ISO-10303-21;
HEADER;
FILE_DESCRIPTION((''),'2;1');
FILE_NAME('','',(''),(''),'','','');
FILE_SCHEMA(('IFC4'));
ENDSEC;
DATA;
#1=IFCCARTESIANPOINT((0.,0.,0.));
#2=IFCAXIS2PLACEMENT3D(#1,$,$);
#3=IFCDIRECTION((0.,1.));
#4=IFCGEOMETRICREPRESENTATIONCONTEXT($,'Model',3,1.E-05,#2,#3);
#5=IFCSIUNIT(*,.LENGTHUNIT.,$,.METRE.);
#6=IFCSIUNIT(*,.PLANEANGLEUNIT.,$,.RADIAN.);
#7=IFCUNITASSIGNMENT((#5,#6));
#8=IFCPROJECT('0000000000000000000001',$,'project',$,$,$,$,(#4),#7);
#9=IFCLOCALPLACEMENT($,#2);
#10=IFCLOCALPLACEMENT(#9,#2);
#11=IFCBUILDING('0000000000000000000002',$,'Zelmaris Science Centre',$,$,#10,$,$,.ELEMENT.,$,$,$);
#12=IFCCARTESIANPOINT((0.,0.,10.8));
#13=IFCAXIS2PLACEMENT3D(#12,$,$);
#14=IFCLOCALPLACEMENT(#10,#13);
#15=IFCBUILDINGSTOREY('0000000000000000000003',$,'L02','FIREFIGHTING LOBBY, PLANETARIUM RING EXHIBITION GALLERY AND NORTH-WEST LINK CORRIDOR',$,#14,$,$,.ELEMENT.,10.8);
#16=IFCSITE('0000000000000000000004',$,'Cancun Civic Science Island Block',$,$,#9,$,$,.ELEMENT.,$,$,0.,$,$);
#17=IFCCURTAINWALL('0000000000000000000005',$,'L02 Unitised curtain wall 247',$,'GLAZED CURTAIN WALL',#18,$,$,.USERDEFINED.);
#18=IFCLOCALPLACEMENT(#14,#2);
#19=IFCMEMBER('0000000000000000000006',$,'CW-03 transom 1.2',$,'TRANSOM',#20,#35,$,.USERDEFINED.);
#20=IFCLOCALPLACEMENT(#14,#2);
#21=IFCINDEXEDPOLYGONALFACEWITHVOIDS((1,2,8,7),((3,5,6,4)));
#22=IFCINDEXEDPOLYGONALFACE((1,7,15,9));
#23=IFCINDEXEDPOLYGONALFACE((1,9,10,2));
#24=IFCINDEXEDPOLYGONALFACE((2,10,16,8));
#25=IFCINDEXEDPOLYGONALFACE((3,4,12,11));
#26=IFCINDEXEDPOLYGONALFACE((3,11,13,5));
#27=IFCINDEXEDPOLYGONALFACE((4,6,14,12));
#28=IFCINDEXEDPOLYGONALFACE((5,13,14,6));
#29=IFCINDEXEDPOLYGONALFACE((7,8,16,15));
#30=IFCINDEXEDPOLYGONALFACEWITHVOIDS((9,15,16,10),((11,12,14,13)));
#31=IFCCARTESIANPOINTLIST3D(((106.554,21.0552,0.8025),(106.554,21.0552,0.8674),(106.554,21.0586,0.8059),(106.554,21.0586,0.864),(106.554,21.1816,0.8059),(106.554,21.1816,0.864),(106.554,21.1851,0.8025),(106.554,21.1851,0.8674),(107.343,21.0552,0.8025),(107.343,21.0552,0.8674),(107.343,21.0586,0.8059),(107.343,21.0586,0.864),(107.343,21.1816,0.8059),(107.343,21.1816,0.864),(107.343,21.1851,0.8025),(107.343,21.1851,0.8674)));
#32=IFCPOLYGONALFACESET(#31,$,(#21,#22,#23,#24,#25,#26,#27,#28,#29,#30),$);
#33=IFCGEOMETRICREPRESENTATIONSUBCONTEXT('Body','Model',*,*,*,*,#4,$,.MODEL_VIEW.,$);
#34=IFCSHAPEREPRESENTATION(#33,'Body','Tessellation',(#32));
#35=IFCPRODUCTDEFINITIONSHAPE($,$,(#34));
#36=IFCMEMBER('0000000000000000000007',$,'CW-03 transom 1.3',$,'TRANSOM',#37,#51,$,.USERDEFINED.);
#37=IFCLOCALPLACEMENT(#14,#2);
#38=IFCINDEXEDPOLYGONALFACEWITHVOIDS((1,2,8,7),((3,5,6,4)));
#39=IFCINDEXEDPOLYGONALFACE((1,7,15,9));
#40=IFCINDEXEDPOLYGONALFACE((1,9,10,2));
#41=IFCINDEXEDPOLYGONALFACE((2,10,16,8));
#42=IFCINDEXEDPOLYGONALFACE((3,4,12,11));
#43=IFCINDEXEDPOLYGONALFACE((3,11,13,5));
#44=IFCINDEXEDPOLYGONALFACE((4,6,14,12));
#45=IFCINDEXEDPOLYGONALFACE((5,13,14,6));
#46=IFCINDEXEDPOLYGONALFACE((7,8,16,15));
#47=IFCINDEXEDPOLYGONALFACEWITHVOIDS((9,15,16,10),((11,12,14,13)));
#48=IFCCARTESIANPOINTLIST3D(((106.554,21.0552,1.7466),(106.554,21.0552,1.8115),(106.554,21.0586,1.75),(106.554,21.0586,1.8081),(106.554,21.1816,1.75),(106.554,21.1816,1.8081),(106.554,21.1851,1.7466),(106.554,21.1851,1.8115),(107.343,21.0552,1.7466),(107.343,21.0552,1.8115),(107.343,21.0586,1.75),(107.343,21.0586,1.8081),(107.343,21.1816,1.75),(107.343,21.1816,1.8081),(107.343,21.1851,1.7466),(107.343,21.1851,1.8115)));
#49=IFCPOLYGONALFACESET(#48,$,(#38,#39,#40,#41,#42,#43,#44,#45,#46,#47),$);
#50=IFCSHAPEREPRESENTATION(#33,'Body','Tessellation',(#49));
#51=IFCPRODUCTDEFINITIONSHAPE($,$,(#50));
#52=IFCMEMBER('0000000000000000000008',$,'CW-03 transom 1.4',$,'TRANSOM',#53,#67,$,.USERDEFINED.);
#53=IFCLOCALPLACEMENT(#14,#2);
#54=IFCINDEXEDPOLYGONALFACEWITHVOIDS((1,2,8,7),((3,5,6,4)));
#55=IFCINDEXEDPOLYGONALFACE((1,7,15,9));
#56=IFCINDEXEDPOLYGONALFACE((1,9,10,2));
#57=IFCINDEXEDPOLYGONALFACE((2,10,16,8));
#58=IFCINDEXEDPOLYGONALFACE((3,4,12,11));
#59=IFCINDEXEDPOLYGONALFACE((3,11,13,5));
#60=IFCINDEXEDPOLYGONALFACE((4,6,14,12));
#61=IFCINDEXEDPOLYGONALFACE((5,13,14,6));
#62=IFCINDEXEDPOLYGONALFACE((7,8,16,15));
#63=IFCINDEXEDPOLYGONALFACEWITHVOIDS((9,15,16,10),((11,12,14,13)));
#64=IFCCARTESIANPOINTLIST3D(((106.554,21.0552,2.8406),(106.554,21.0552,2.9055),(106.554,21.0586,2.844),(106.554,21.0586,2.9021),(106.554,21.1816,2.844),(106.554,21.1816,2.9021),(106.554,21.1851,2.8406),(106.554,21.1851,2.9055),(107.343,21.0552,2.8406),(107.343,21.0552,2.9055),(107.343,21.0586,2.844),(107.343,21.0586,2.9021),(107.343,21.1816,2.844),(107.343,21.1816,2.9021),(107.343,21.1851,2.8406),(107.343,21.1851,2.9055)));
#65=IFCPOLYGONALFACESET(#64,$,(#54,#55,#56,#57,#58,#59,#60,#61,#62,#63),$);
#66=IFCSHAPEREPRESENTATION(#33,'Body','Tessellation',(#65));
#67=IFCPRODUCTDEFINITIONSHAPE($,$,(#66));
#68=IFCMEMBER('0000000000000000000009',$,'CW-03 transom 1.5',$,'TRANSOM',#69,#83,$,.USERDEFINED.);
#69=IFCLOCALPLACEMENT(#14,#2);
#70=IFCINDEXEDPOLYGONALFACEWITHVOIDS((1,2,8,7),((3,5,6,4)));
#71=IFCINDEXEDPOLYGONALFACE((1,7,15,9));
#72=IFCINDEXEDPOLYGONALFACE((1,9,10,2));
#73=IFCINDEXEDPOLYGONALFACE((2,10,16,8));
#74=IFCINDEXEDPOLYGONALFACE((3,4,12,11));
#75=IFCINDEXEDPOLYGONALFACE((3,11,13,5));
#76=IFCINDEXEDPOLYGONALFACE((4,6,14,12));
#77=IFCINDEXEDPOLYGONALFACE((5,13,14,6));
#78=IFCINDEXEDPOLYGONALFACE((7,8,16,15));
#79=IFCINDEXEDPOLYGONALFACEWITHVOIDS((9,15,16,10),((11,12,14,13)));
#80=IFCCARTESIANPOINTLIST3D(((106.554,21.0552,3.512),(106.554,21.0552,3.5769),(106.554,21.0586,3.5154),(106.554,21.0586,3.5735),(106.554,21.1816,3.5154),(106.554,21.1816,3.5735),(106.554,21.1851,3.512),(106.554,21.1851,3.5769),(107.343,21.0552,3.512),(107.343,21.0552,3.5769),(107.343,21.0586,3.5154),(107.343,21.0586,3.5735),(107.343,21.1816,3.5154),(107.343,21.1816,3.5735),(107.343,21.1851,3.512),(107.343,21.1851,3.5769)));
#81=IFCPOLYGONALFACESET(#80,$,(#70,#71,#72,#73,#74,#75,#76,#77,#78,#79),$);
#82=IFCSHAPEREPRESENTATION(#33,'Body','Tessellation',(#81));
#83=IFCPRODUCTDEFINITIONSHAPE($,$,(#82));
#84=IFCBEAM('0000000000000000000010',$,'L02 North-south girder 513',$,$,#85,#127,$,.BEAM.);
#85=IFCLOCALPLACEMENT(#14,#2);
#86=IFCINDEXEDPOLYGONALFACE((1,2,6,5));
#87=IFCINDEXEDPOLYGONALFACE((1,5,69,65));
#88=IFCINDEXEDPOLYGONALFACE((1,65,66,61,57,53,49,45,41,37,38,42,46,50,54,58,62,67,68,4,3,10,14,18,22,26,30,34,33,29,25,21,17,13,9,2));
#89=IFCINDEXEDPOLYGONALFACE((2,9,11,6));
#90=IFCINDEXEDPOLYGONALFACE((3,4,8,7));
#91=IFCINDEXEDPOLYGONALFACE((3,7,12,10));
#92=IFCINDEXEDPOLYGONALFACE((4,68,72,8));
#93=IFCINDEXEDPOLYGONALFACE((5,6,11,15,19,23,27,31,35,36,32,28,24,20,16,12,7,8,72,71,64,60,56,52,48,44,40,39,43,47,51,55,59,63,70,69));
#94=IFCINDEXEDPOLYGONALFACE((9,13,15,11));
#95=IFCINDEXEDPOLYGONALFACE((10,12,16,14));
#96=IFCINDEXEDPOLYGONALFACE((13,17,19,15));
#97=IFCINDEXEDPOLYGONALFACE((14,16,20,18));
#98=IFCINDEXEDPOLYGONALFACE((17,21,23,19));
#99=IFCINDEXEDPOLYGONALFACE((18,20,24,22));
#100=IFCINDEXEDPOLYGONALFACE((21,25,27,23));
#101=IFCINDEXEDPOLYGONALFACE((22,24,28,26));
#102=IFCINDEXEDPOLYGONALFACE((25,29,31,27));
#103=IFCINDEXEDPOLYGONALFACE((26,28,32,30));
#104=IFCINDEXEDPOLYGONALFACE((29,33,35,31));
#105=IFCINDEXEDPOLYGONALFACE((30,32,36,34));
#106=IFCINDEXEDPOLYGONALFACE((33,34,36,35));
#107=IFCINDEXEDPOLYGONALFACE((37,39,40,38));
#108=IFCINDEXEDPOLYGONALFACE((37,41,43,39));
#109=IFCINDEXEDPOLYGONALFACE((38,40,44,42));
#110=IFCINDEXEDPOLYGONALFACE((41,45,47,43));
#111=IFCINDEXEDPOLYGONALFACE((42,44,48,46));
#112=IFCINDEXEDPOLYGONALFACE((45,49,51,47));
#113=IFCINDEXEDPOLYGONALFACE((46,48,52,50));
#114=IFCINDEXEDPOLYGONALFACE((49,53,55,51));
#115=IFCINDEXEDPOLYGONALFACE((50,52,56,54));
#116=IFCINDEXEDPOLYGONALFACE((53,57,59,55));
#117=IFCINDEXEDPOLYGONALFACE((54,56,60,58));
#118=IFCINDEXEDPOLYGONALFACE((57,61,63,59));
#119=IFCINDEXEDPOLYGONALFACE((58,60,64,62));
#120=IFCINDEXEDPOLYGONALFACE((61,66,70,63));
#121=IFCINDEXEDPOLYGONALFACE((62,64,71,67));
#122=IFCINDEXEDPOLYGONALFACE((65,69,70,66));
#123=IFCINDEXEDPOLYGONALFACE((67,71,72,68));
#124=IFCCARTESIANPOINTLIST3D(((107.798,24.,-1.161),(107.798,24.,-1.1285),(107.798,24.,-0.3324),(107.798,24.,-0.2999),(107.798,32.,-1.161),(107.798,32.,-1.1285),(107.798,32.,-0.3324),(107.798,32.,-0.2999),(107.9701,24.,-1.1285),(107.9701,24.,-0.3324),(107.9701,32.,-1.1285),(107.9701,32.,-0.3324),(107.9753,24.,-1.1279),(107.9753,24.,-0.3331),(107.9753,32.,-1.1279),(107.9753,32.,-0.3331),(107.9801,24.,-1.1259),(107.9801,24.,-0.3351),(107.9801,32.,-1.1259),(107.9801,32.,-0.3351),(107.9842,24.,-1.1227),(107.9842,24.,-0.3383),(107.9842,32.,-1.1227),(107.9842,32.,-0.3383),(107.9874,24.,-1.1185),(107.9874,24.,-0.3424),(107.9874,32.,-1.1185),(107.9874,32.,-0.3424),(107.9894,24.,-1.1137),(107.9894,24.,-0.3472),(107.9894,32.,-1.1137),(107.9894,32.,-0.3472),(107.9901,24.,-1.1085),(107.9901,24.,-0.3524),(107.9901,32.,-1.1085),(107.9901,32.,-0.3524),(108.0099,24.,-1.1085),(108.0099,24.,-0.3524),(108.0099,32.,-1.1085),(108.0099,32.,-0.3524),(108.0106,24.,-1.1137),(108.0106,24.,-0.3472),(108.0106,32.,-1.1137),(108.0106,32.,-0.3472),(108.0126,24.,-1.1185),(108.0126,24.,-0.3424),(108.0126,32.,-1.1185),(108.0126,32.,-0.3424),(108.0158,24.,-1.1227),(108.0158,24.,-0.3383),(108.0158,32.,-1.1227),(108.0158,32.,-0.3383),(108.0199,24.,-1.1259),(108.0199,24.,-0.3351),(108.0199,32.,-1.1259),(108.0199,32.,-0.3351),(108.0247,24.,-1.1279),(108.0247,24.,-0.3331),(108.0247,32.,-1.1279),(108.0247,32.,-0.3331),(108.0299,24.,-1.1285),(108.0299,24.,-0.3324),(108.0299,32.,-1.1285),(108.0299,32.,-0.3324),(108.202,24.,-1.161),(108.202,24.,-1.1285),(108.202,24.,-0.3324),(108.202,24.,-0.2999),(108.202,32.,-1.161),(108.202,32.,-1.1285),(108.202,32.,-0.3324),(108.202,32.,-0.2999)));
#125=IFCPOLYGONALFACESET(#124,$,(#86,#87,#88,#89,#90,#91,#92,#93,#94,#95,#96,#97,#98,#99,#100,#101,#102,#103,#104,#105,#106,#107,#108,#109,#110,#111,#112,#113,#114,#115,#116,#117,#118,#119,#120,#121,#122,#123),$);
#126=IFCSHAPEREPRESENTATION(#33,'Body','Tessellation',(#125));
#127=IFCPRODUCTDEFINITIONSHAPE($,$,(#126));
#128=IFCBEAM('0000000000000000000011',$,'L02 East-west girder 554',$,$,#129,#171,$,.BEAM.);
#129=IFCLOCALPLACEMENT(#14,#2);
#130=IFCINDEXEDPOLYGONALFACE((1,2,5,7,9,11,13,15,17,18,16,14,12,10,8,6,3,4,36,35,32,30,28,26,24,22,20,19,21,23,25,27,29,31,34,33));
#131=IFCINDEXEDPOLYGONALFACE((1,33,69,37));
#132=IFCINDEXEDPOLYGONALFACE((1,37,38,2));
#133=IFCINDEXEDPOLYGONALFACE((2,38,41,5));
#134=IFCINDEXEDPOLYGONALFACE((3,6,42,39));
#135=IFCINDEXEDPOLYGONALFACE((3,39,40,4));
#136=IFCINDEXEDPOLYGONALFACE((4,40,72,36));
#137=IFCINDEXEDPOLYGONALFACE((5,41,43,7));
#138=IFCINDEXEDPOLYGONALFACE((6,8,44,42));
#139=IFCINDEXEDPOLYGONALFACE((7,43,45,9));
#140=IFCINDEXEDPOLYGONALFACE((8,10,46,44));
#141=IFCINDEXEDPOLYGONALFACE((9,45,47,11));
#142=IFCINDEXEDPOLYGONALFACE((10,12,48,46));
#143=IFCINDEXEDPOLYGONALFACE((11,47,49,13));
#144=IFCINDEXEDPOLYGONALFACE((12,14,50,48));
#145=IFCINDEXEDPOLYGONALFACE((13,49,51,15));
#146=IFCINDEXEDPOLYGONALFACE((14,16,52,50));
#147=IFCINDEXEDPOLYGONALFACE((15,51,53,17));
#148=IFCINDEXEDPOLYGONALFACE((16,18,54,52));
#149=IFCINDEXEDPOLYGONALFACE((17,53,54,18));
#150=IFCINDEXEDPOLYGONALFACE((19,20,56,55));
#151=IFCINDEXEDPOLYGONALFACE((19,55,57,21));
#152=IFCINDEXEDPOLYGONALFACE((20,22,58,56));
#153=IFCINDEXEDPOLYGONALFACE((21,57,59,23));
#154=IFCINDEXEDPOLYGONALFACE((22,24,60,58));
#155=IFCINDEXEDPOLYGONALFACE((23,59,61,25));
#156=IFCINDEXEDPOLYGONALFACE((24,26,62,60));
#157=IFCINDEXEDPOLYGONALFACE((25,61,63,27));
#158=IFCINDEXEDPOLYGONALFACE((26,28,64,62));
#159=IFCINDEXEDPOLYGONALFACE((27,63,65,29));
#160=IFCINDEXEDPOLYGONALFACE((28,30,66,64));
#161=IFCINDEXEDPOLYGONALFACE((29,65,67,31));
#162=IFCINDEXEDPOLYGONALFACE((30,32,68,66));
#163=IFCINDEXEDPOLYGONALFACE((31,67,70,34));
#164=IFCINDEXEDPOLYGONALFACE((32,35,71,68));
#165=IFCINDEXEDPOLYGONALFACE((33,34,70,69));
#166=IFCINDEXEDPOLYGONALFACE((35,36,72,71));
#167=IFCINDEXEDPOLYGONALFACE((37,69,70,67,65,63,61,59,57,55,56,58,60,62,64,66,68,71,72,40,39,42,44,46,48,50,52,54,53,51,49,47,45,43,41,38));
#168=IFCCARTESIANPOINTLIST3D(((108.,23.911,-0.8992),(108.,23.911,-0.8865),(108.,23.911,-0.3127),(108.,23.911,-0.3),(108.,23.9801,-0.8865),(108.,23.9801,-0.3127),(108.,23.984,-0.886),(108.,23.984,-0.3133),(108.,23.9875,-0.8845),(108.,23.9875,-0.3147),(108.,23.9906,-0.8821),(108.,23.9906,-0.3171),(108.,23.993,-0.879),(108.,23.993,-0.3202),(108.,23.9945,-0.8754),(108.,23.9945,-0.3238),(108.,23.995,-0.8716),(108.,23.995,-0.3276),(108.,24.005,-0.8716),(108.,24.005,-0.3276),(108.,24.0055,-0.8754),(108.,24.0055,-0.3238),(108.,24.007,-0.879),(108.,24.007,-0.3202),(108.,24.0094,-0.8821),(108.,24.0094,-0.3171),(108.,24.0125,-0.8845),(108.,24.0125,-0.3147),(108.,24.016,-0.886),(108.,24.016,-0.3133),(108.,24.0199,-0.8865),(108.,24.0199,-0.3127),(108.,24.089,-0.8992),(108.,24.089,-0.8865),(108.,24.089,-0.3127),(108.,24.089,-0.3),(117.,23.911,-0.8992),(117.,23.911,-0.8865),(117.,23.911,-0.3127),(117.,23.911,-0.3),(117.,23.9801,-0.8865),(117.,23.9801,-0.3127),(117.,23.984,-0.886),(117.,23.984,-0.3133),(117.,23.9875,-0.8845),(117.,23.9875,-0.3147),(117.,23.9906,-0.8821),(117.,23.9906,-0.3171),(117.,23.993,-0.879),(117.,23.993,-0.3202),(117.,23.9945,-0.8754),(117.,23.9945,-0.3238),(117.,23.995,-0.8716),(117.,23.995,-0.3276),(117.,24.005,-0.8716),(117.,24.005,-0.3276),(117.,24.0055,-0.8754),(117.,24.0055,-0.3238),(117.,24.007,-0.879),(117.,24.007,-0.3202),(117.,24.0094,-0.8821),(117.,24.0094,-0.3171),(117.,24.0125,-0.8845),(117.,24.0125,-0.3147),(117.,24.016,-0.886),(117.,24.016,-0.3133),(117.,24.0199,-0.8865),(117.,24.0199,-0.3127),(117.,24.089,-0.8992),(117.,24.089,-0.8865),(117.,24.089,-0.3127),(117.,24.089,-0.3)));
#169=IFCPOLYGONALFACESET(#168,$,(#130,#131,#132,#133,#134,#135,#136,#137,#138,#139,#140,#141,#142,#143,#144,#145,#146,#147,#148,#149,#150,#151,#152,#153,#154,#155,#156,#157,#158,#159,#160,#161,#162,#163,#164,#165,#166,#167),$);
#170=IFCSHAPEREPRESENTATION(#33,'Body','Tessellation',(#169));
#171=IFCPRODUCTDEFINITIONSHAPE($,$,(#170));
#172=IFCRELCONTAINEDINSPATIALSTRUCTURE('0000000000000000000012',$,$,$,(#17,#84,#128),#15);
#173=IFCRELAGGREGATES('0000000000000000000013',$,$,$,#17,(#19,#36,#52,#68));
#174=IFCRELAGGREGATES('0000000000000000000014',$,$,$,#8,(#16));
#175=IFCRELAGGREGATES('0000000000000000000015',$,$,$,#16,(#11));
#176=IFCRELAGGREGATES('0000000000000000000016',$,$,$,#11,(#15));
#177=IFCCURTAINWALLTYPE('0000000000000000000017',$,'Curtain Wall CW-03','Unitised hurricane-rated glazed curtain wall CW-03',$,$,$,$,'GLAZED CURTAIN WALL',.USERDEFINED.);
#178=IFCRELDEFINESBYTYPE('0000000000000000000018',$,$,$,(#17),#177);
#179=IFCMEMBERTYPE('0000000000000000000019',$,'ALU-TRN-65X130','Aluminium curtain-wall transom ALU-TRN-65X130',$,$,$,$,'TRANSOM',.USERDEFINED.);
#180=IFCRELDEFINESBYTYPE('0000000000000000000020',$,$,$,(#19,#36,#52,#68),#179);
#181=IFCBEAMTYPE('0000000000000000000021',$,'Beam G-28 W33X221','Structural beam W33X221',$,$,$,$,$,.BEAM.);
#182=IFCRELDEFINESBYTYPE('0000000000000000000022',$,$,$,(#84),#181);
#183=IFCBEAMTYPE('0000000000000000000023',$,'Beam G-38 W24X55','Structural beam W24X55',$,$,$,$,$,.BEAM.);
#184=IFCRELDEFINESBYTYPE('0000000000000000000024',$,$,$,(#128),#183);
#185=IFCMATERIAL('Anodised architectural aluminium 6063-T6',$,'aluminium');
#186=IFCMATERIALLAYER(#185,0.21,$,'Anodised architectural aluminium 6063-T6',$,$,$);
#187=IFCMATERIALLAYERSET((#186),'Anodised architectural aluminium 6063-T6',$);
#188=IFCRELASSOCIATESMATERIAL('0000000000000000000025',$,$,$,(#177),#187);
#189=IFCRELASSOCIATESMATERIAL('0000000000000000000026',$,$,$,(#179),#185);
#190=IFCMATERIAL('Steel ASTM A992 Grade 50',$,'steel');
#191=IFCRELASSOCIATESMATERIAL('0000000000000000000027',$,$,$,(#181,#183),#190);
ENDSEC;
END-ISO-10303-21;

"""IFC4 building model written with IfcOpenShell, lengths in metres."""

from ifc_helpers import new_model, si_unit, direction, frame, origin, origin_2d, place, context, subcontext, project, spatial, hollow_rectangle, i_section, extrude, material, layer, layer_set, material_profile, profile_set, type_object, element, aggregate, save


model = new_model("IFC4")

# Units and contexts
model_context = context("Model", 3, precision=1e-05, world=origin(), true_north=direction((0.0, 1.0)))
body_context = subcontext(model_context, "Body", "Model", "MODEL_VIEW")
ifc_project = project(units=[si_unit("LENGTHUNIT", "METRE"), si_unit("PLANEANGLEUNIT", "RADIAN")], contexts=[model_context])

# Site, building, storey
site_placement = place(None, origin())
site = spatial("IfcSite", under=ifc_project, at=site_placement, Name="Cancun Civic Science Island Block", CompositionType="ELEMENT", RefElevation=0.0)
building_placement = place(site_placement, origin())
building = spatial("IfcBuilding", under=site, at=building_placement, Name="Zelmaris Science Centre", CompositionType="ELEMENT")
storey_placement = place(building_placement, frame((0.0, 0.0, 10.8)))
storey = spatial("IfcBuildingStorey", under=building, at=storey_placement, Name="L02", Description="FIREFIGHTING LOBBY, PLANETARIUM RING EXHIBITION GALLERY AND NORTH-WEST LINK CORRIDOR", CompositionType="ELEMENT", Elevation=10.8)

# Shared definitions
ifc_material_1 = material(Name="Steel ASTM A992 Grade 50", Category="steel")

# Curtain wall, members
ifc_material_2 = material(Name="Anodised architectural aluminium 6063-T6", Category="aluminium")
ifc_layer_1 = layer(ifc_material_2, 0.21, Name="Anodised architectural aluminium 6063-T6")
ifc_layer_set_1 = layer_set([ifc_layer_1], Name="Anodised architectural aluminium 6063-T6")
curtain_wall_type = type_object("IfcCurtainWallType", Name="Curtain Wall CW-03", Description="Unitised hurricane-rated glazed curtain wall CW-03", ElementType="GLAZED CURTAIN WALL", PredefinedType="USERDEFINED", material=ifc_layer_set_1)
curtain_wall_placement = place(storey_placement, origin())
curtain_wall = element("IfcCurtainWall", 1, at=curtain_wall_placement, inside=storey, type_object=curtain_wall_type, Name="L02 Unitised curtain wall 247", ObjectType="GLAZED CURTAIN WALL", PredefinedType="USERDEFINED")
ifc_material_profile_1 = material_profile(ifc_material_2, hollow_rectangle(XDim=0.0649, YDim=0.1299, WallThickness=0.0034, at=origin_2d()), Name="ALU-TRN-65X130")
ifc_profile_set_1 = profile_set([ifc_material_profile_1], Name="Anodised architectural aluminium 6063-T6")
member_type_1 = type_object("IfcMemberType", Name="ALU-TRN-65X130", Description="Aluminium curtain-wall transom ALU-TRN-65X130", ElementType="TRANSOM", PredefinedType="USERDEFINED", material=ifc_profile_set_1)
member_1_placement = place(storey_placement, frame((107.343, 21.1201, 0.835), z_axis=(-1.0, 0.0, 0.0), x_axis=(0.0, 0.0, 1.0)))
member_1 = element("IfcMember", 2, at=member_1_placement, type_object=member_type_1, Name="CW-03 transom 1.2", ObjectType="TRANSOM", PredefinedType="USERDEFINED", context=body_context, shape_type="SweptSolid", body=[
    extrude(hollow_rectangle(XDim=0.0649, YDim=0.1299, WallThickness=0.0034, at=origin_2d()), origin(), (0.0, 0.0, 1.0), 0.7891),
])
member_2_placement = place(storey_placement, frame((107.343, 21.1201, 1.7791), z_axis=(-1.0, 0.0, 0.0), x_axis=(0.0, 0.0, 1.0)))
member_2 = element("IfcMember", 3, at=member_2_placement, type_object=member_type_1, Name="CW-03 transom 1.3", ObjectType="TRANSOM", PredefinedType="USERDEFINED", context=body_context, shape_type="SweptSolid", body=[
    extrude(hollow_rectangle(XDim=0.0649, YDim=0.1299, WallThickness=0.0034, at=origin_2d()), origin(), (0.0, 0.0, 1.0), 0.7891),
])
member_3_placement = place(storey_placement, frame((107.343, 21.1201, 2.873), z_axis=(-1.0, 0.0, 0.0), x_axis=(0.0, 0.0, 1.0)))
member_3 = element("IfcMember", 4, at=member_3_placement, type_object=member_type_1, Name="CW-03 transom 1.4", ObjectType="TRANSOM", PredefinedType="USERDEFINED", context=body_context, shape_type="SweptSolid", body=[
    extrude(hollow_rectangle(XDim=0.0649, YDim=0.1299, WallThickness=0.0034, at=origin_2d()), origin(), (0.0, 0.0, 1.0), 0.7891),
])
member_4_placement = place(storey_placement, frame((107.343, 21.1201, 3.5444), z_axis=(-1.0, 0.0, 0.0), x_axis=(0.0, 0.0, 1.0)))
member_4 = element("IfcMember", 5, at=member_4_placement, type_object=member_type_1, Name="CW-03 transom 1.5", ObjectType="TRANSOM", PredefinedType="USERDEFINED", context=body_context, shape_type="SweptSolid", body=[
    extrude(hollow_rectangle(XDim=0.0649, YDim=0.1299, WallThickness=0.0034, at=origin_2d()), origin(), (0.0, 0.0, 1.0), 0.7891),
])

# Beams
ifc_material_profile_2 = material_profile(ifc_material_1, i_section(OverallWidth=0.4041, OverallDepth=0.8611, WebThickness=0.0198, FlangeThickness=0.0325, FilletRadius=0.02, at=origin_2d()), Name="W33X221")
ifc_profile_set_2 = profile_set([ifc_material_profile_2], Name="Steel ASTM A992 Grade 50")
beam_type_1 = type_object("IfcBeamType", Name="Beam G-28 W33X221", Description="Structural beam W33X221", PredefinedType="BEAM", material=ifc_profile_set_2)
beam_1_placement = place(storey_placement, frame((108.0, 24.0, -0.7305), z_axis=(0.0, 1.0, 0.0), x_axis=(-1.0, 0.0, 0.0)))
element("IfcBeam", 6, at=beam_1_placement, inside=storey, type_object=beam_type_1, Name="L02 North-south girder 513", PredefinedType="BEAM", context=body_context, shape_type="SweptSolid", body=[
    extrude(i_section(OverallWidth=0.4041, OverallDepth=0.8611, WebThickness=0.0198, FlangeThickness=0.0325, FilletRadius=0.02, at=origin_2d()), origin(), (0.0, 0.0, 1.0), 8.0),
])
ifc_material_profile_3 = material_profile(ifc_material_1, i_section(OverallWidth=0.178, OverallDepth=0.5991, WebThickness=0.01, FlangeThickness=0.0127, FilletRadius=0.0149, at=origin_2d()), Name="W24X55")
ifc_profile_set_3 = profile_set([ifc_material_profile_3], Name="Steel ASTM A992 Grade 50")
beam_type_2 = type_object("IfcBeamType", Name="Beam G-38 W24X55", Description="Structural beam W24X55", PredefinedType="BEAM", material=ifc_profile_set_3)
beam_2_placement = place(storey_placement, frame((108.0, 24.0, -0.5996), z_axis=(1.0, 0.0, 0.0), x_axis=(0.0, 1.0, 0.0)))
element("IfcBeam", 7, at=beam_2_placement, inside=storey, type_object=beam_type_2, Name="L02 East-west girder 554", PredefinedType="BEAM", context=body_context, shape_type="SweptSolid", body=[
    extrude(i_section(OverallWidth=0.178, OverallDepth=0.5991, WebThickness=0.01, FlangeThickness=0.0127, FilletRadius=0.0149, at=origin_2d()), origin(), (0.0, 0.0, 1.0), 9.0),
])

aggregate(curtain_wall, [member_1, member_2, member_3, member_4])

save(model, "model.ifc")
